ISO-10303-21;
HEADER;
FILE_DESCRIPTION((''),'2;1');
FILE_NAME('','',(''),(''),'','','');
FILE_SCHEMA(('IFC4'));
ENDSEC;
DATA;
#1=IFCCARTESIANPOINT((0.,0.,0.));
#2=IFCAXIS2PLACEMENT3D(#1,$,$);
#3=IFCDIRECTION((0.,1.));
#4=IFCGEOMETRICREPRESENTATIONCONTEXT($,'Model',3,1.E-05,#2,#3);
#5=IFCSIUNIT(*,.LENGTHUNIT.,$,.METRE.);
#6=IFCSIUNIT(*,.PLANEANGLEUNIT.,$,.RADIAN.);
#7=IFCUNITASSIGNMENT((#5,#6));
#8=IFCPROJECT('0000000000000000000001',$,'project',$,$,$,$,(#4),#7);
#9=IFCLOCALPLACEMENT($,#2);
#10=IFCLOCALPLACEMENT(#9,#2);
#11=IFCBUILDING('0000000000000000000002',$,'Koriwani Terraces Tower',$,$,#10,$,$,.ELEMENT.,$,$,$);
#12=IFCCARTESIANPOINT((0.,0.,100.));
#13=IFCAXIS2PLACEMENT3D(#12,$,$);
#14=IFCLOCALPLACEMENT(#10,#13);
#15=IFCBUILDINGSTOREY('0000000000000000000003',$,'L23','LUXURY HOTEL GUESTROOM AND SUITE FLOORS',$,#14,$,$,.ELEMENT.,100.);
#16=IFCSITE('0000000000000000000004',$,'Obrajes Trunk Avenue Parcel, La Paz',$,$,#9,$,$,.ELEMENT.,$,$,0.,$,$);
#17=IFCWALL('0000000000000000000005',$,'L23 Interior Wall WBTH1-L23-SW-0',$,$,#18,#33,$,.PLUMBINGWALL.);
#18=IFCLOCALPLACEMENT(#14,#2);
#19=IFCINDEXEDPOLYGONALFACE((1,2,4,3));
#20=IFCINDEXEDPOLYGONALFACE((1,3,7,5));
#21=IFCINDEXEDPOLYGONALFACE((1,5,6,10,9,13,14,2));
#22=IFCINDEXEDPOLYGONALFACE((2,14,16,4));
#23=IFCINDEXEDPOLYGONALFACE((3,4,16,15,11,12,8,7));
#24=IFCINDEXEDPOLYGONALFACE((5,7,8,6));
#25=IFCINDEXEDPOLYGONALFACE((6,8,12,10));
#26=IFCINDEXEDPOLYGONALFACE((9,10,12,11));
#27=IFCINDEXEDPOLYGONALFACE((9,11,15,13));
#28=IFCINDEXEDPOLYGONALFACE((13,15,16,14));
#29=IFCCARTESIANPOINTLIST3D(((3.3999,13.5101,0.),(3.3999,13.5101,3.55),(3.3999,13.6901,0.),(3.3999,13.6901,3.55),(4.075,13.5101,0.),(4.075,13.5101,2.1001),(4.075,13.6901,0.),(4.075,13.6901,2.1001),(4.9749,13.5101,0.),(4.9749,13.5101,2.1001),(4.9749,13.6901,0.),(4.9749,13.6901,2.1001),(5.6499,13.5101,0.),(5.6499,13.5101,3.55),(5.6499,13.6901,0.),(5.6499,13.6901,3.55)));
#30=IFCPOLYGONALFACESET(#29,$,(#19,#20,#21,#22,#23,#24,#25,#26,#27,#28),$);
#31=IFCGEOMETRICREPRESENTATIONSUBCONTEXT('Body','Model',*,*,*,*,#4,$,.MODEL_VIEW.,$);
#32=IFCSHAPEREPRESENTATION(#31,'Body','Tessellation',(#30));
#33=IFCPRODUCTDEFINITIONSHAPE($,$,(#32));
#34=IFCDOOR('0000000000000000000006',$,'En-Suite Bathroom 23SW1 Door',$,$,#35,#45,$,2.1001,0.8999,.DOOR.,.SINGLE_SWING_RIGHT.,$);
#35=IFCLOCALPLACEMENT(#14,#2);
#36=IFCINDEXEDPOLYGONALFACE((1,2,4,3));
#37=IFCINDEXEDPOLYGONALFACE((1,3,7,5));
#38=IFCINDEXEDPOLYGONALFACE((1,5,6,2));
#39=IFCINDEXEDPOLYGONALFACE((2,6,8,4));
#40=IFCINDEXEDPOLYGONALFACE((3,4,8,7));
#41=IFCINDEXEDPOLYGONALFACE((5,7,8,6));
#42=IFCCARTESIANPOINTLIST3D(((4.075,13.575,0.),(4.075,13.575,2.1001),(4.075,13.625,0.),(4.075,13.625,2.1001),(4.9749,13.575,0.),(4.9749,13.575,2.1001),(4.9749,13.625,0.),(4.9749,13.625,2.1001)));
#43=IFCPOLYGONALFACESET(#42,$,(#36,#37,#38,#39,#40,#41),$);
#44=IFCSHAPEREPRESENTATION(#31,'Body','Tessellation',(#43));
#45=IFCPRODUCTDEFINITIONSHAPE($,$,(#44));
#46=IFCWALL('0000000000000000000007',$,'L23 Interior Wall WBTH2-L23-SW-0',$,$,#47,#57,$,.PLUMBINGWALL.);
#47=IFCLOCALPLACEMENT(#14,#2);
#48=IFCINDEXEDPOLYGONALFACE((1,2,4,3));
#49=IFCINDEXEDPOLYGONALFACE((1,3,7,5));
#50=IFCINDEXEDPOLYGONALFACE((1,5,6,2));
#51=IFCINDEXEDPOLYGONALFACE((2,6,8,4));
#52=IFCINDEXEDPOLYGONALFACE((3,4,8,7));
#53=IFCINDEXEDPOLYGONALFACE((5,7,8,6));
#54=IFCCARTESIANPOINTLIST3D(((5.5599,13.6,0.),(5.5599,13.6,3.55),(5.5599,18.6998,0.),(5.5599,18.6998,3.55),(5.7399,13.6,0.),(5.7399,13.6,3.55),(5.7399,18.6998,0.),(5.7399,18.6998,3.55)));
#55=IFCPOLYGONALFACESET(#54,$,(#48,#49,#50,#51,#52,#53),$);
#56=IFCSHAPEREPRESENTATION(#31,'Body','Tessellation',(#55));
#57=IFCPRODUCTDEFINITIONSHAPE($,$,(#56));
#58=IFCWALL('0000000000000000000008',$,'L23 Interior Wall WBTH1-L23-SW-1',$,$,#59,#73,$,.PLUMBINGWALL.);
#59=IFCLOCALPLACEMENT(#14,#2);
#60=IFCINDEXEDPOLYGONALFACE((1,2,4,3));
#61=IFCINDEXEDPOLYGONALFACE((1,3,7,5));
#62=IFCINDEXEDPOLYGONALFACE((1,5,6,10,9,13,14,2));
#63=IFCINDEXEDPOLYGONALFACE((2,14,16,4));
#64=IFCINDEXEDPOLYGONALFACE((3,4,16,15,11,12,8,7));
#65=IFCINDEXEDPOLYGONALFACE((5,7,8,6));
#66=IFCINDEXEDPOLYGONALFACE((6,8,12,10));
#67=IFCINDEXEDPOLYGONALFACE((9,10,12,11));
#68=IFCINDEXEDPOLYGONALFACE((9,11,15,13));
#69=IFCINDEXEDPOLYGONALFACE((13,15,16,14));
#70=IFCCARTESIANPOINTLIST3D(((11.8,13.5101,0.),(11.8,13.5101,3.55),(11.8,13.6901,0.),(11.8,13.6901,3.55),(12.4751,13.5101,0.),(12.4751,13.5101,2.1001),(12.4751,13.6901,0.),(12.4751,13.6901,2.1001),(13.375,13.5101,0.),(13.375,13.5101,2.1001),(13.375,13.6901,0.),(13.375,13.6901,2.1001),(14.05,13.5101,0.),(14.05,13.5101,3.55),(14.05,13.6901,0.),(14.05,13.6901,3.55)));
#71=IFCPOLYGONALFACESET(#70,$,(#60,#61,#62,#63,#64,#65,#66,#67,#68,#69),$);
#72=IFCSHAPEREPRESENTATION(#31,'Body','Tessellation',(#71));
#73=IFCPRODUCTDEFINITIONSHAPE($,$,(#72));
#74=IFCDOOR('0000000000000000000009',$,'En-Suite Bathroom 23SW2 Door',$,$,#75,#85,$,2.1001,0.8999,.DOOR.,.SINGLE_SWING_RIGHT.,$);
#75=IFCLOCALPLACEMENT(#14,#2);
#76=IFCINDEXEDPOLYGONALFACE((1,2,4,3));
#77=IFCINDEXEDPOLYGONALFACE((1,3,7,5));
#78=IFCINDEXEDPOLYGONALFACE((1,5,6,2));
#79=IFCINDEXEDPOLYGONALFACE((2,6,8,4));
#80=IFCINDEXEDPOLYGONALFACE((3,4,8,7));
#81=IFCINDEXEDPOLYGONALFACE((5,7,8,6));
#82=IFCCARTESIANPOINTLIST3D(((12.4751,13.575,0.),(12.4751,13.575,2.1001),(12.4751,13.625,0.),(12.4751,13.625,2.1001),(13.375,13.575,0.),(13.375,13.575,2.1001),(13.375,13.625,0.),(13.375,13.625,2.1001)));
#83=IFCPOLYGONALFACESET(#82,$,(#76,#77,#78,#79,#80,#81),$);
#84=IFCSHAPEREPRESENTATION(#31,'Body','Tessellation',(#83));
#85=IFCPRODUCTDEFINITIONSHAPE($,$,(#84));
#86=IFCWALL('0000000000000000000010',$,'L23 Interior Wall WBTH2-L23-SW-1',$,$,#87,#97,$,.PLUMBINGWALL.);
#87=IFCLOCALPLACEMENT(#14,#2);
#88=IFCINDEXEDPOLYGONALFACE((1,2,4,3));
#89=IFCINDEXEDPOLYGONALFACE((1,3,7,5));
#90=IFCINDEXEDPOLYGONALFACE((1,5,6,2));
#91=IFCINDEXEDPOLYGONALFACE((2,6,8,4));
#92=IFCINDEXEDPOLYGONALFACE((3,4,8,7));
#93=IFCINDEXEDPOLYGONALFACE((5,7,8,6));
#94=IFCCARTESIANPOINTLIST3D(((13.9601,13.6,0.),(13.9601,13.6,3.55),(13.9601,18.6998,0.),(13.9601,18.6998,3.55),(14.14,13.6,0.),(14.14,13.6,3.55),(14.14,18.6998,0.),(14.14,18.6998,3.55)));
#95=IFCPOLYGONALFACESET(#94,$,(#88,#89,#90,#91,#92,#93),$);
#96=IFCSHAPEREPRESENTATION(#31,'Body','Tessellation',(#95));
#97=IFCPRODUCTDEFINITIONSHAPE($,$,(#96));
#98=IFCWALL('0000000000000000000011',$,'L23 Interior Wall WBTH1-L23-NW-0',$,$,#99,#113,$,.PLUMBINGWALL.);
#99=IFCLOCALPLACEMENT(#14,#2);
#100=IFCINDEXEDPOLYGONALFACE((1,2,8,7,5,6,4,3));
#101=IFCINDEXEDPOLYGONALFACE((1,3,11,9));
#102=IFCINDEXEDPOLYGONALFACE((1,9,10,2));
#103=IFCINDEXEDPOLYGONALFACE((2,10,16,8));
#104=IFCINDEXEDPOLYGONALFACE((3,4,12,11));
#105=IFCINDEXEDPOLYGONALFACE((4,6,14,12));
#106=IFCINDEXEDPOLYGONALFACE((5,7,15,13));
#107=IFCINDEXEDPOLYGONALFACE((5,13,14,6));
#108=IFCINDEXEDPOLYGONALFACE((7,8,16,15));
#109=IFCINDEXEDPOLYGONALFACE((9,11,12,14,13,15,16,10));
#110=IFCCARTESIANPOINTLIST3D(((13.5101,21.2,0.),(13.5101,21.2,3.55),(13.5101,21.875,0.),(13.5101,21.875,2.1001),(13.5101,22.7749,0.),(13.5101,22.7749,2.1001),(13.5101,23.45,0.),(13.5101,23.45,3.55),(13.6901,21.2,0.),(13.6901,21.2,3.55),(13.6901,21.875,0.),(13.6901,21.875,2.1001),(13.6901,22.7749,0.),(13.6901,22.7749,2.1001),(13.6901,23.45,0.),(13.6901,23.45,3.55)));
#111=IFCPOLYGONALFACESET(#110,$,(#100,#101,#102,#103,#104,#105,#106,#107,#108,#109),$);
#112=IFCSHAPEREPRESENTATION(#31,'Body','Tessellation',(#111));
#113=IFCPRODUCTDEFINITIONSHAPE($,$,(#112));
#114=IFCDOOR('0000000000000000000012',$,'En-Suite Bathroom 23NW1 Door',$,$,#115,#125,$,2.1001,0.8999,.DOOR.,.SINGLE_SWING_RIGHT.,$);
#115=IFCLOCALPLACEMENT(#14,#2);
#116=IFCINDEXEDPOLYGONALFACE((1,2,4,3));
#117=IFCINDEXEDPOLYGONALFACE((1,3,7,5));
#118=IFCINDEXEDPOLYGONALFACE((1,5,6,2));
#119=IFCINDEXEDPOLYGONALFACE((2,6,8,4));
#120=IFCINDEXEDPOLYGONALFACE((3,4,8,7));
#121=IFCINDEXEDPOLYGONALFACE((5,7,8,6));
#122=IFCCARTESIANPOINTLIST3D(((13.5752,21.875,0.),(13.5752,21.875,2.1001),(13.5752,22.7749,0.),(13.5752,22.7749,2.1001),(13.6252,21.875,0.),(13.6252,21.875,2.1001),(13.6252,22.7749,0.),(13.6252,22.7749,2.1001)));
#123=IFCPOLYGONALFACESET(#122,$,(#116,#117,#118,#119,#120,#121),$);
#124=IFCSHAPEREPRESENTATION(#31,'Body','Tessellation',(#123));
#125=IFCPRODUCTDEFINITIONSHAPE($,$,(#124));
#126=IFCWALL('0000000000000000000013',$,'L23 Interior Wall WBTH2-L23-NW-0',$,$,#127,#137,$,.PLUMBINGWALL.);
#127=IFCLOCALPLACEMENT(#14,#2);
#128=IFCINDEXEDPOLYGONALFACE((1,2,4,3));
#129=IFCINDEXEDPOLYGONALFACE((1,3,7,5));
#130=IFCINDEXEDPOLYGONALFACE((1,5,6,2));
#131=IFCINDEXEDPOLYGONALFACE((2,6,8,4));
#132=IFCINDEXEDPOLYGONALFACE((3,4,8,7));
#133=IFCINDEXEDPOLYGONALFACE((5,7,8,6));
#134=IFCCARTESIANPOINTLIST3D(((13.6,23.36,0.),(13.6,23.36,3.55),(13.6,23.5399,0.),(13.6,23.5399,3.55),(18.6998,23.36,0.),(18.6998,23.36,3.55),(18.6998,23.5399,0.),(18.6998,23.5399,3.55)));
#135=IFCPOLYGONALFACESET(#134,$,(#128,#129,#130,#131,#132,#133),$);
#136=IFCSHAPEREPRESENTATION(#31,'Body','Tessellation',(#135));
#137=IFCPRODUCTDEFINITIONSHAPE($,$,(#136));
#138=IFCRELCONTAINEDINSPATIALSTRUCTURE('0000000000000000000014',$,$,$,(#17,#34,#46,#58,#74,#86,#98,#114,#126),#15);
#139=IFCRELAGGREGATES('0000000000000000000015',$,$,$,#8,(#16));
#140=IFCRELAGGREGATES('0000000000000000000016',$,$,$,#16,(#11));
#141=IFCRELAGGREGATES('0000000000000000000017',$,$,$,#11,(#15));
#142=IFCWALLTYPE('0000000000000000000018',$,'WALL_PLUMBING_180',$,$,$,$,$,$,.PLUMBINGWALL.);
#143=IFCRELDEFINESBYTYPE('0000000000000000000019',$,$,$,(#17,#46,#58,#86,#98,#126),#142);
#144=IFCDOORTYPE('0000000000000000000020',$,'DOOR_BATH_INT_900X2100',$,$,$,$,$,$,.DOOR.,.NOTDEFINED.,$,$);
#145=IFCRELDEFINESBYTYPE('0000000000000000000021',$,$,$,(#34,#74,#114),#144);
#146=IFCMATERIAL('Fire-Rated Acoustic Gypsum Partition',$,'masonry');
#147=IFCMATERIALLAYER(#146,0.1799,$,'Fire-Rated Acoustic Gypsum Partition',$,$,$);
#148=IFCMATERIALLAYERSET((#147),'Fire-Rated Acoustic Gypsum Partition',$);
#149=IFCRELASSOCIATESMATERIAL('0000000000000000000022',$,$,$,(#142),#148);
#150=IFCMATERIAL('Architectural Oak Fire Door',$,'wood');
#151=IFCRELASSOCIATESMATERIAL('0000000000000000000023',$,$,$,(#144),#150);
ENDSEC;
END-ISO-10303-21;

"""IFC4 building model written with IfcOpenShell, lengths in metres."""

from ifc_helpers import new_model, si_unit, direction, frame, frame_2d, origin, place, context, subcontext, project, spatial, rectangle, extrude, material, layer, layer_set, type_object, element, fill, save


model = new_model("IFC4")

# Units and contexts
model_context = context("Model", 3, precision=1e-05, world=origin(), true_north=direction((0.0, 1.0)))
body_context = subcontext(model_context, "Body", "Model", "MODEL_VIEW")
ifc_project = project(units=[si_unit("LENGTHUNIT", "METRE"), si_unit("PLANEANGLEUNIT", "RADIAN")], contexts=[model_context])

# Site, building, storey
site_placement = place(None, origin())
site = spatial("IfcSite", under=ifc_project, at=site_placement, Name="Obrajes Trunk Avenue Parcel, La Paz", CompositionType="ELEMENT", RefElevation=0.0)
building_placement = place(site_placement, origin())
building = spatial("IfcBuilding", under=site, at=building_placement, Name="Koriwani Terraces Tower", CompositionType="ELEMENT")
storey_placement = place(building_placement, frame((0.0, 0.0, 100.0)))
storey = spatial("IfcBuildingStorey", under=building, at=storey_placement, Name="L23", Description="LUXURY HOTEL GUESTROOM AND SUITE FLOORS", CompositionType="ELEMENT", Elevation=100.0)

# Shared definitions
ifc_material_1 = material(Name="Architectural Oak Fire Door", Category="wood")

# Wall, opening, door
ifc_material_2 = material(Name="Fire-Rated Acoustic Gypsum Partition", Category="masonry")
ifc_layer_1 = layer(ifc_material_2, 0.1799, Name="Fire-Rated Acoustic Gypsum Partition")
ifc_layer_set_1 = layer_set([ifc_layer_1], Name="Fire-Rated Acoustic Gypsum Partition")
wall_type_1 = type_object("IfcWallType", Name="WALL_PLUMBING_180", PredefinedType="PLUMBINGWALL", material=ifc_layer_set_1)
wall_1_placement = place(storey_placement, frame((3.3999, 13.6001, 0.0), z_axis=(0.0, 0.0, 1.0), x_axis=(1.0, 0.0, 0.0)))
wall_1 = element("IfcWall", 1, at=wall_1_placement, inside=storey, type_object=wall_type_1, Name="L23 Interior Wall WBTH1-L23-SW-0", PredefinedType="PLUMBINGWALL", context=body_context, shape_type="SweptSolid", body=[
    extrude(rectangle(XDim=2.25, YDim=0.1799, at=frame_2d((1.125, 0.0))), origin(), (0.0, 0.0, 1.0), 3.55),
])
opening_1_placement = place(wall_1_placement, frame((0.675, 0.0, 0.0)))
opening_1 = element("IfcOpeningElement", 2, at=opening_1_placement, cuts=wall_1, PredefinedType="OPENING", context=body_context, shape_type="SweptSolid", body=[
    extrude(rectangle(XDim=0.8999, YDim=2.1001, at=frame_2d((0.45, 1.05))), frame((0.0, 0.1001, 0.0), z_axis=(0.0, -1.0, 0.0), x_axis=(1.0, 0.0, 0.0)), (0.0, 0.0, 1.0), 0.2),
])
door_type_1 = type_object("IfcDoorType", Name="DOOR_BATH_INT_900X2100", OperationType="NOTDEFINED", PredefinedType="DOOR", material=ifc_material_1)
door_1_placement = place(opening_1_placement, origin())
door_1 = element("IfcDoor", 3, at=door_1_placement, inside=storey, type_object=door_type_1, Name="En-Suite Bathroom 23SW1 Door", OperationType="SINGLE_SWING_RIGHT", OverallHeight=2.1001, OverallWidth=0.8999, PredefinedType="DOOR", context=body_context, shape_type="SweptSolid", body=[
    extrude(rectangle(XDim=0.8999, YDim=2.1001, at=frame_2d((0.45, 1.05))), frame((0.0, 0.0249, 0.0), z_axis=(0.0, -1.0, 0.0), x_axis=(1.0, 0.0, 0.0)), (0.0, 0.0, 1.0), 0.05),
])
fill(opening_1, door_1)

# Wall
wall_2_placement = place(storey_placement, frame((5.6499, 13.6001, 0.0), z_axis=(0.0, 0.0, 1.0), x_axis=(0.0, 1.0, 0.0)))
element("IfcWall", 4, at=wall_2_placement, inside=storey, type_object=wall_type_1, Name="L23 Interior Wall WBTH2-L23-SW-0", PredefinedType="PLUMBINGWALL", context=body_context, shape_type="SweptSolid", body=[
    extrude(rectangle(XDim=5.0999, YDim=0.1799, at=frame_2d((2.5498, 0.0))), origin(), (0.0, 0.0, 1.0), 3.55),
])

# Wall, opening, door
wall_3_placement = place(storey_placement, frame((11.8, 13.6001, 0.0), z_axis=(0.0, 0.0, 1.0), x_axis=(1.0, 0.0, 0.0)))
wall_3 = element("IfcWall", 5, at=wall_3_placement, inside=storey, type_object=wall_type_1, Name="L23 Interior Wall WBTH1-L23-SW-1", PredefinedType="PLUMBINGWALL", context=body_context, shape_type="SweptSolid", body=[
    extrude(rectangle(XDim=2.25, YDim=0.1799, at=frame_2d((1.125, 0.0))), origin(), (0.0, 0.0, 1.0), 3.55),
])
opening_2_placement = place(wall_3_placement, frame((0.675, 0.0, 0.0)))
opening_2 = element("IfcOpeningElement", 6, at=opening_2_placement, cuts=wall_3, PredefinedType="OPENING", context=body_context, shape_type="SweptSolid", body=[
    extrude(rectangle(XDim=0.8999, YDim=2.1001, at=frame_2d((0.45, 1.05))), frame((0.0, 0.1001, 0.0), z_axis=(0.0, -1.0, 0.0), x_axis=(1.0, 0.0, 0.0)), (0.0, 0.0, 1.0), 0.2),
])
door_2_placement = place(opening_2_placement, origin())
door_2 = element("IfcDoor", 7, at=door_2_placement, inside=storey, type_object=door_type_1, Name="En-Suite Bathroom 23SW2 Door", OperationType="SINGLE_SWING_RIGHT", OverallHeight=2.1001, OverallWidth=0.8999, PredefinedType="DOOR", context=body_context, shape_type="SweptSolid", body=[
    extrude(rectangle(XDim=0.8999, YDim=2.1001, at=frame_2d((0.45, 1.05))), frame((0.0, 0.0249, 0.0), z_axis=(0.0, -1.0, 0.0), x_axis=(1.0, 0.0, 0.0)), (0.0, 0.0, 1.0), 0.05),
])
fill(opening_2, door_2)

# Wall
wall_4_placement = place(storey_placement, frame((14.05, 13.6001, 0.0), z_axis=(0.0, 0.0, 1.0), x_axis=(0.0, 1.0, 0.0)))
element("IfcWall", 8, at=wall_4_placement, inside=storey, type_object=wall_type_1, Name="L23 Interior Wall WBTH2-L23-SW-1", PredefinedType="PLUMBINGWALL", context=body_context, shape_type="SweptSolid", body=[
    extrude(rectangle(XDim=5.0999, YDim=0.1799, at=frame_2d((2.5498, 0.0))), origin(), (0.0, 0.0, 1.0), 3.55),
])

# Wall, opening, door
wall_5_placement = place(storey_placement, frame((13.6001, 21.2, 0.0), z_axis=(0.0, 0.0, 1.0), x_axis=(0.0, 1.0, 0.0)))
wall_5 = element("IfcWall", 9, at=wall_5_placement, inside=storey, type_object=wall_type_1, Name="L23 Interior Wall WBTH1-L23-NW-0", PredefinedType="PLUMBINGWALL", context=body_context, shape_type="SweptSolid", body=[
    extrude(rectangle(XDim=2.25, YDim=0.1799, at=frame_2d((1.125, 0.0))), origin(), (0.0, 0.0, 1.0), 3.55),
])
opening_3_placement = place(wall_5_placement, frame((0.675, 0.0, 0.0)))
opening_3 = element("IfcOpeningElement", 10, at=opening_3_placement, cuts=wall_5, PredefinedType="OPENING", context=body_context, shape_type="SweptSolid", body=[
    extrude(rectangle(XDim=0.8999, YDim=2.1001, at=frame_2d((0.45, 1.05))), frame((0.0, 0.1001, 0.0), z_axis=(0.0, -1.0, 0.0), x_axis=(1.0, 0.0, 0.0)), (0.0, 0.0, 1.0), 0.2),
])
door_3_placement = place(opening_3_placement, origin())
door_3 = element("IfcDoor", 11, at=door_3_placement, inside=storey, type_object=door_type_1, Name="En-Suite Bathroom 23NW1 Door", OperationType="SINGLE_SWING_RIGHT", OverallHeight=2.1001, OverallWidth=0.8999, PredefinedType="DOOR", context=body_context, shape_type="SweptSolid", body=[
    extrude(rectangle(XDim=0.8999, YDim=2.1001, at=frame_2d((0.45, 1.05))), frame((0.0, 0.0249, 0.0), z_axis=(0.0, -1.0, 0.0), x_axis=(1.0, 0.0, 0.0)), (0.0, 0.0, 1.0), 0.05),
])
fill(opening_3, door_3)

# Wall
wall_6_placement = place(storey_placement, frame((13.6001, 23.45, 0.0), z_axis=(0.0, 0.0, 1.0), x_axis=(1.0, 0.0, 0.0)))
element("IfcWall", 12, at=wall_6_placement, inside=storey, type_object=wall_type_1, Name="L23 Interior Wall WBTH2-L23-NW-0", PredefinedType="PLUMBINGWALL", context=body_context, shape_type="SweptSolid", body=[
    extrude(rectangle(XDim=5.0999, YDim=0.1799, at=frame_2d((2.5498, 0.0))), origin(), (0.0, 0.0, 1.0), 3.55),
])

save(model, "model.ifc")
